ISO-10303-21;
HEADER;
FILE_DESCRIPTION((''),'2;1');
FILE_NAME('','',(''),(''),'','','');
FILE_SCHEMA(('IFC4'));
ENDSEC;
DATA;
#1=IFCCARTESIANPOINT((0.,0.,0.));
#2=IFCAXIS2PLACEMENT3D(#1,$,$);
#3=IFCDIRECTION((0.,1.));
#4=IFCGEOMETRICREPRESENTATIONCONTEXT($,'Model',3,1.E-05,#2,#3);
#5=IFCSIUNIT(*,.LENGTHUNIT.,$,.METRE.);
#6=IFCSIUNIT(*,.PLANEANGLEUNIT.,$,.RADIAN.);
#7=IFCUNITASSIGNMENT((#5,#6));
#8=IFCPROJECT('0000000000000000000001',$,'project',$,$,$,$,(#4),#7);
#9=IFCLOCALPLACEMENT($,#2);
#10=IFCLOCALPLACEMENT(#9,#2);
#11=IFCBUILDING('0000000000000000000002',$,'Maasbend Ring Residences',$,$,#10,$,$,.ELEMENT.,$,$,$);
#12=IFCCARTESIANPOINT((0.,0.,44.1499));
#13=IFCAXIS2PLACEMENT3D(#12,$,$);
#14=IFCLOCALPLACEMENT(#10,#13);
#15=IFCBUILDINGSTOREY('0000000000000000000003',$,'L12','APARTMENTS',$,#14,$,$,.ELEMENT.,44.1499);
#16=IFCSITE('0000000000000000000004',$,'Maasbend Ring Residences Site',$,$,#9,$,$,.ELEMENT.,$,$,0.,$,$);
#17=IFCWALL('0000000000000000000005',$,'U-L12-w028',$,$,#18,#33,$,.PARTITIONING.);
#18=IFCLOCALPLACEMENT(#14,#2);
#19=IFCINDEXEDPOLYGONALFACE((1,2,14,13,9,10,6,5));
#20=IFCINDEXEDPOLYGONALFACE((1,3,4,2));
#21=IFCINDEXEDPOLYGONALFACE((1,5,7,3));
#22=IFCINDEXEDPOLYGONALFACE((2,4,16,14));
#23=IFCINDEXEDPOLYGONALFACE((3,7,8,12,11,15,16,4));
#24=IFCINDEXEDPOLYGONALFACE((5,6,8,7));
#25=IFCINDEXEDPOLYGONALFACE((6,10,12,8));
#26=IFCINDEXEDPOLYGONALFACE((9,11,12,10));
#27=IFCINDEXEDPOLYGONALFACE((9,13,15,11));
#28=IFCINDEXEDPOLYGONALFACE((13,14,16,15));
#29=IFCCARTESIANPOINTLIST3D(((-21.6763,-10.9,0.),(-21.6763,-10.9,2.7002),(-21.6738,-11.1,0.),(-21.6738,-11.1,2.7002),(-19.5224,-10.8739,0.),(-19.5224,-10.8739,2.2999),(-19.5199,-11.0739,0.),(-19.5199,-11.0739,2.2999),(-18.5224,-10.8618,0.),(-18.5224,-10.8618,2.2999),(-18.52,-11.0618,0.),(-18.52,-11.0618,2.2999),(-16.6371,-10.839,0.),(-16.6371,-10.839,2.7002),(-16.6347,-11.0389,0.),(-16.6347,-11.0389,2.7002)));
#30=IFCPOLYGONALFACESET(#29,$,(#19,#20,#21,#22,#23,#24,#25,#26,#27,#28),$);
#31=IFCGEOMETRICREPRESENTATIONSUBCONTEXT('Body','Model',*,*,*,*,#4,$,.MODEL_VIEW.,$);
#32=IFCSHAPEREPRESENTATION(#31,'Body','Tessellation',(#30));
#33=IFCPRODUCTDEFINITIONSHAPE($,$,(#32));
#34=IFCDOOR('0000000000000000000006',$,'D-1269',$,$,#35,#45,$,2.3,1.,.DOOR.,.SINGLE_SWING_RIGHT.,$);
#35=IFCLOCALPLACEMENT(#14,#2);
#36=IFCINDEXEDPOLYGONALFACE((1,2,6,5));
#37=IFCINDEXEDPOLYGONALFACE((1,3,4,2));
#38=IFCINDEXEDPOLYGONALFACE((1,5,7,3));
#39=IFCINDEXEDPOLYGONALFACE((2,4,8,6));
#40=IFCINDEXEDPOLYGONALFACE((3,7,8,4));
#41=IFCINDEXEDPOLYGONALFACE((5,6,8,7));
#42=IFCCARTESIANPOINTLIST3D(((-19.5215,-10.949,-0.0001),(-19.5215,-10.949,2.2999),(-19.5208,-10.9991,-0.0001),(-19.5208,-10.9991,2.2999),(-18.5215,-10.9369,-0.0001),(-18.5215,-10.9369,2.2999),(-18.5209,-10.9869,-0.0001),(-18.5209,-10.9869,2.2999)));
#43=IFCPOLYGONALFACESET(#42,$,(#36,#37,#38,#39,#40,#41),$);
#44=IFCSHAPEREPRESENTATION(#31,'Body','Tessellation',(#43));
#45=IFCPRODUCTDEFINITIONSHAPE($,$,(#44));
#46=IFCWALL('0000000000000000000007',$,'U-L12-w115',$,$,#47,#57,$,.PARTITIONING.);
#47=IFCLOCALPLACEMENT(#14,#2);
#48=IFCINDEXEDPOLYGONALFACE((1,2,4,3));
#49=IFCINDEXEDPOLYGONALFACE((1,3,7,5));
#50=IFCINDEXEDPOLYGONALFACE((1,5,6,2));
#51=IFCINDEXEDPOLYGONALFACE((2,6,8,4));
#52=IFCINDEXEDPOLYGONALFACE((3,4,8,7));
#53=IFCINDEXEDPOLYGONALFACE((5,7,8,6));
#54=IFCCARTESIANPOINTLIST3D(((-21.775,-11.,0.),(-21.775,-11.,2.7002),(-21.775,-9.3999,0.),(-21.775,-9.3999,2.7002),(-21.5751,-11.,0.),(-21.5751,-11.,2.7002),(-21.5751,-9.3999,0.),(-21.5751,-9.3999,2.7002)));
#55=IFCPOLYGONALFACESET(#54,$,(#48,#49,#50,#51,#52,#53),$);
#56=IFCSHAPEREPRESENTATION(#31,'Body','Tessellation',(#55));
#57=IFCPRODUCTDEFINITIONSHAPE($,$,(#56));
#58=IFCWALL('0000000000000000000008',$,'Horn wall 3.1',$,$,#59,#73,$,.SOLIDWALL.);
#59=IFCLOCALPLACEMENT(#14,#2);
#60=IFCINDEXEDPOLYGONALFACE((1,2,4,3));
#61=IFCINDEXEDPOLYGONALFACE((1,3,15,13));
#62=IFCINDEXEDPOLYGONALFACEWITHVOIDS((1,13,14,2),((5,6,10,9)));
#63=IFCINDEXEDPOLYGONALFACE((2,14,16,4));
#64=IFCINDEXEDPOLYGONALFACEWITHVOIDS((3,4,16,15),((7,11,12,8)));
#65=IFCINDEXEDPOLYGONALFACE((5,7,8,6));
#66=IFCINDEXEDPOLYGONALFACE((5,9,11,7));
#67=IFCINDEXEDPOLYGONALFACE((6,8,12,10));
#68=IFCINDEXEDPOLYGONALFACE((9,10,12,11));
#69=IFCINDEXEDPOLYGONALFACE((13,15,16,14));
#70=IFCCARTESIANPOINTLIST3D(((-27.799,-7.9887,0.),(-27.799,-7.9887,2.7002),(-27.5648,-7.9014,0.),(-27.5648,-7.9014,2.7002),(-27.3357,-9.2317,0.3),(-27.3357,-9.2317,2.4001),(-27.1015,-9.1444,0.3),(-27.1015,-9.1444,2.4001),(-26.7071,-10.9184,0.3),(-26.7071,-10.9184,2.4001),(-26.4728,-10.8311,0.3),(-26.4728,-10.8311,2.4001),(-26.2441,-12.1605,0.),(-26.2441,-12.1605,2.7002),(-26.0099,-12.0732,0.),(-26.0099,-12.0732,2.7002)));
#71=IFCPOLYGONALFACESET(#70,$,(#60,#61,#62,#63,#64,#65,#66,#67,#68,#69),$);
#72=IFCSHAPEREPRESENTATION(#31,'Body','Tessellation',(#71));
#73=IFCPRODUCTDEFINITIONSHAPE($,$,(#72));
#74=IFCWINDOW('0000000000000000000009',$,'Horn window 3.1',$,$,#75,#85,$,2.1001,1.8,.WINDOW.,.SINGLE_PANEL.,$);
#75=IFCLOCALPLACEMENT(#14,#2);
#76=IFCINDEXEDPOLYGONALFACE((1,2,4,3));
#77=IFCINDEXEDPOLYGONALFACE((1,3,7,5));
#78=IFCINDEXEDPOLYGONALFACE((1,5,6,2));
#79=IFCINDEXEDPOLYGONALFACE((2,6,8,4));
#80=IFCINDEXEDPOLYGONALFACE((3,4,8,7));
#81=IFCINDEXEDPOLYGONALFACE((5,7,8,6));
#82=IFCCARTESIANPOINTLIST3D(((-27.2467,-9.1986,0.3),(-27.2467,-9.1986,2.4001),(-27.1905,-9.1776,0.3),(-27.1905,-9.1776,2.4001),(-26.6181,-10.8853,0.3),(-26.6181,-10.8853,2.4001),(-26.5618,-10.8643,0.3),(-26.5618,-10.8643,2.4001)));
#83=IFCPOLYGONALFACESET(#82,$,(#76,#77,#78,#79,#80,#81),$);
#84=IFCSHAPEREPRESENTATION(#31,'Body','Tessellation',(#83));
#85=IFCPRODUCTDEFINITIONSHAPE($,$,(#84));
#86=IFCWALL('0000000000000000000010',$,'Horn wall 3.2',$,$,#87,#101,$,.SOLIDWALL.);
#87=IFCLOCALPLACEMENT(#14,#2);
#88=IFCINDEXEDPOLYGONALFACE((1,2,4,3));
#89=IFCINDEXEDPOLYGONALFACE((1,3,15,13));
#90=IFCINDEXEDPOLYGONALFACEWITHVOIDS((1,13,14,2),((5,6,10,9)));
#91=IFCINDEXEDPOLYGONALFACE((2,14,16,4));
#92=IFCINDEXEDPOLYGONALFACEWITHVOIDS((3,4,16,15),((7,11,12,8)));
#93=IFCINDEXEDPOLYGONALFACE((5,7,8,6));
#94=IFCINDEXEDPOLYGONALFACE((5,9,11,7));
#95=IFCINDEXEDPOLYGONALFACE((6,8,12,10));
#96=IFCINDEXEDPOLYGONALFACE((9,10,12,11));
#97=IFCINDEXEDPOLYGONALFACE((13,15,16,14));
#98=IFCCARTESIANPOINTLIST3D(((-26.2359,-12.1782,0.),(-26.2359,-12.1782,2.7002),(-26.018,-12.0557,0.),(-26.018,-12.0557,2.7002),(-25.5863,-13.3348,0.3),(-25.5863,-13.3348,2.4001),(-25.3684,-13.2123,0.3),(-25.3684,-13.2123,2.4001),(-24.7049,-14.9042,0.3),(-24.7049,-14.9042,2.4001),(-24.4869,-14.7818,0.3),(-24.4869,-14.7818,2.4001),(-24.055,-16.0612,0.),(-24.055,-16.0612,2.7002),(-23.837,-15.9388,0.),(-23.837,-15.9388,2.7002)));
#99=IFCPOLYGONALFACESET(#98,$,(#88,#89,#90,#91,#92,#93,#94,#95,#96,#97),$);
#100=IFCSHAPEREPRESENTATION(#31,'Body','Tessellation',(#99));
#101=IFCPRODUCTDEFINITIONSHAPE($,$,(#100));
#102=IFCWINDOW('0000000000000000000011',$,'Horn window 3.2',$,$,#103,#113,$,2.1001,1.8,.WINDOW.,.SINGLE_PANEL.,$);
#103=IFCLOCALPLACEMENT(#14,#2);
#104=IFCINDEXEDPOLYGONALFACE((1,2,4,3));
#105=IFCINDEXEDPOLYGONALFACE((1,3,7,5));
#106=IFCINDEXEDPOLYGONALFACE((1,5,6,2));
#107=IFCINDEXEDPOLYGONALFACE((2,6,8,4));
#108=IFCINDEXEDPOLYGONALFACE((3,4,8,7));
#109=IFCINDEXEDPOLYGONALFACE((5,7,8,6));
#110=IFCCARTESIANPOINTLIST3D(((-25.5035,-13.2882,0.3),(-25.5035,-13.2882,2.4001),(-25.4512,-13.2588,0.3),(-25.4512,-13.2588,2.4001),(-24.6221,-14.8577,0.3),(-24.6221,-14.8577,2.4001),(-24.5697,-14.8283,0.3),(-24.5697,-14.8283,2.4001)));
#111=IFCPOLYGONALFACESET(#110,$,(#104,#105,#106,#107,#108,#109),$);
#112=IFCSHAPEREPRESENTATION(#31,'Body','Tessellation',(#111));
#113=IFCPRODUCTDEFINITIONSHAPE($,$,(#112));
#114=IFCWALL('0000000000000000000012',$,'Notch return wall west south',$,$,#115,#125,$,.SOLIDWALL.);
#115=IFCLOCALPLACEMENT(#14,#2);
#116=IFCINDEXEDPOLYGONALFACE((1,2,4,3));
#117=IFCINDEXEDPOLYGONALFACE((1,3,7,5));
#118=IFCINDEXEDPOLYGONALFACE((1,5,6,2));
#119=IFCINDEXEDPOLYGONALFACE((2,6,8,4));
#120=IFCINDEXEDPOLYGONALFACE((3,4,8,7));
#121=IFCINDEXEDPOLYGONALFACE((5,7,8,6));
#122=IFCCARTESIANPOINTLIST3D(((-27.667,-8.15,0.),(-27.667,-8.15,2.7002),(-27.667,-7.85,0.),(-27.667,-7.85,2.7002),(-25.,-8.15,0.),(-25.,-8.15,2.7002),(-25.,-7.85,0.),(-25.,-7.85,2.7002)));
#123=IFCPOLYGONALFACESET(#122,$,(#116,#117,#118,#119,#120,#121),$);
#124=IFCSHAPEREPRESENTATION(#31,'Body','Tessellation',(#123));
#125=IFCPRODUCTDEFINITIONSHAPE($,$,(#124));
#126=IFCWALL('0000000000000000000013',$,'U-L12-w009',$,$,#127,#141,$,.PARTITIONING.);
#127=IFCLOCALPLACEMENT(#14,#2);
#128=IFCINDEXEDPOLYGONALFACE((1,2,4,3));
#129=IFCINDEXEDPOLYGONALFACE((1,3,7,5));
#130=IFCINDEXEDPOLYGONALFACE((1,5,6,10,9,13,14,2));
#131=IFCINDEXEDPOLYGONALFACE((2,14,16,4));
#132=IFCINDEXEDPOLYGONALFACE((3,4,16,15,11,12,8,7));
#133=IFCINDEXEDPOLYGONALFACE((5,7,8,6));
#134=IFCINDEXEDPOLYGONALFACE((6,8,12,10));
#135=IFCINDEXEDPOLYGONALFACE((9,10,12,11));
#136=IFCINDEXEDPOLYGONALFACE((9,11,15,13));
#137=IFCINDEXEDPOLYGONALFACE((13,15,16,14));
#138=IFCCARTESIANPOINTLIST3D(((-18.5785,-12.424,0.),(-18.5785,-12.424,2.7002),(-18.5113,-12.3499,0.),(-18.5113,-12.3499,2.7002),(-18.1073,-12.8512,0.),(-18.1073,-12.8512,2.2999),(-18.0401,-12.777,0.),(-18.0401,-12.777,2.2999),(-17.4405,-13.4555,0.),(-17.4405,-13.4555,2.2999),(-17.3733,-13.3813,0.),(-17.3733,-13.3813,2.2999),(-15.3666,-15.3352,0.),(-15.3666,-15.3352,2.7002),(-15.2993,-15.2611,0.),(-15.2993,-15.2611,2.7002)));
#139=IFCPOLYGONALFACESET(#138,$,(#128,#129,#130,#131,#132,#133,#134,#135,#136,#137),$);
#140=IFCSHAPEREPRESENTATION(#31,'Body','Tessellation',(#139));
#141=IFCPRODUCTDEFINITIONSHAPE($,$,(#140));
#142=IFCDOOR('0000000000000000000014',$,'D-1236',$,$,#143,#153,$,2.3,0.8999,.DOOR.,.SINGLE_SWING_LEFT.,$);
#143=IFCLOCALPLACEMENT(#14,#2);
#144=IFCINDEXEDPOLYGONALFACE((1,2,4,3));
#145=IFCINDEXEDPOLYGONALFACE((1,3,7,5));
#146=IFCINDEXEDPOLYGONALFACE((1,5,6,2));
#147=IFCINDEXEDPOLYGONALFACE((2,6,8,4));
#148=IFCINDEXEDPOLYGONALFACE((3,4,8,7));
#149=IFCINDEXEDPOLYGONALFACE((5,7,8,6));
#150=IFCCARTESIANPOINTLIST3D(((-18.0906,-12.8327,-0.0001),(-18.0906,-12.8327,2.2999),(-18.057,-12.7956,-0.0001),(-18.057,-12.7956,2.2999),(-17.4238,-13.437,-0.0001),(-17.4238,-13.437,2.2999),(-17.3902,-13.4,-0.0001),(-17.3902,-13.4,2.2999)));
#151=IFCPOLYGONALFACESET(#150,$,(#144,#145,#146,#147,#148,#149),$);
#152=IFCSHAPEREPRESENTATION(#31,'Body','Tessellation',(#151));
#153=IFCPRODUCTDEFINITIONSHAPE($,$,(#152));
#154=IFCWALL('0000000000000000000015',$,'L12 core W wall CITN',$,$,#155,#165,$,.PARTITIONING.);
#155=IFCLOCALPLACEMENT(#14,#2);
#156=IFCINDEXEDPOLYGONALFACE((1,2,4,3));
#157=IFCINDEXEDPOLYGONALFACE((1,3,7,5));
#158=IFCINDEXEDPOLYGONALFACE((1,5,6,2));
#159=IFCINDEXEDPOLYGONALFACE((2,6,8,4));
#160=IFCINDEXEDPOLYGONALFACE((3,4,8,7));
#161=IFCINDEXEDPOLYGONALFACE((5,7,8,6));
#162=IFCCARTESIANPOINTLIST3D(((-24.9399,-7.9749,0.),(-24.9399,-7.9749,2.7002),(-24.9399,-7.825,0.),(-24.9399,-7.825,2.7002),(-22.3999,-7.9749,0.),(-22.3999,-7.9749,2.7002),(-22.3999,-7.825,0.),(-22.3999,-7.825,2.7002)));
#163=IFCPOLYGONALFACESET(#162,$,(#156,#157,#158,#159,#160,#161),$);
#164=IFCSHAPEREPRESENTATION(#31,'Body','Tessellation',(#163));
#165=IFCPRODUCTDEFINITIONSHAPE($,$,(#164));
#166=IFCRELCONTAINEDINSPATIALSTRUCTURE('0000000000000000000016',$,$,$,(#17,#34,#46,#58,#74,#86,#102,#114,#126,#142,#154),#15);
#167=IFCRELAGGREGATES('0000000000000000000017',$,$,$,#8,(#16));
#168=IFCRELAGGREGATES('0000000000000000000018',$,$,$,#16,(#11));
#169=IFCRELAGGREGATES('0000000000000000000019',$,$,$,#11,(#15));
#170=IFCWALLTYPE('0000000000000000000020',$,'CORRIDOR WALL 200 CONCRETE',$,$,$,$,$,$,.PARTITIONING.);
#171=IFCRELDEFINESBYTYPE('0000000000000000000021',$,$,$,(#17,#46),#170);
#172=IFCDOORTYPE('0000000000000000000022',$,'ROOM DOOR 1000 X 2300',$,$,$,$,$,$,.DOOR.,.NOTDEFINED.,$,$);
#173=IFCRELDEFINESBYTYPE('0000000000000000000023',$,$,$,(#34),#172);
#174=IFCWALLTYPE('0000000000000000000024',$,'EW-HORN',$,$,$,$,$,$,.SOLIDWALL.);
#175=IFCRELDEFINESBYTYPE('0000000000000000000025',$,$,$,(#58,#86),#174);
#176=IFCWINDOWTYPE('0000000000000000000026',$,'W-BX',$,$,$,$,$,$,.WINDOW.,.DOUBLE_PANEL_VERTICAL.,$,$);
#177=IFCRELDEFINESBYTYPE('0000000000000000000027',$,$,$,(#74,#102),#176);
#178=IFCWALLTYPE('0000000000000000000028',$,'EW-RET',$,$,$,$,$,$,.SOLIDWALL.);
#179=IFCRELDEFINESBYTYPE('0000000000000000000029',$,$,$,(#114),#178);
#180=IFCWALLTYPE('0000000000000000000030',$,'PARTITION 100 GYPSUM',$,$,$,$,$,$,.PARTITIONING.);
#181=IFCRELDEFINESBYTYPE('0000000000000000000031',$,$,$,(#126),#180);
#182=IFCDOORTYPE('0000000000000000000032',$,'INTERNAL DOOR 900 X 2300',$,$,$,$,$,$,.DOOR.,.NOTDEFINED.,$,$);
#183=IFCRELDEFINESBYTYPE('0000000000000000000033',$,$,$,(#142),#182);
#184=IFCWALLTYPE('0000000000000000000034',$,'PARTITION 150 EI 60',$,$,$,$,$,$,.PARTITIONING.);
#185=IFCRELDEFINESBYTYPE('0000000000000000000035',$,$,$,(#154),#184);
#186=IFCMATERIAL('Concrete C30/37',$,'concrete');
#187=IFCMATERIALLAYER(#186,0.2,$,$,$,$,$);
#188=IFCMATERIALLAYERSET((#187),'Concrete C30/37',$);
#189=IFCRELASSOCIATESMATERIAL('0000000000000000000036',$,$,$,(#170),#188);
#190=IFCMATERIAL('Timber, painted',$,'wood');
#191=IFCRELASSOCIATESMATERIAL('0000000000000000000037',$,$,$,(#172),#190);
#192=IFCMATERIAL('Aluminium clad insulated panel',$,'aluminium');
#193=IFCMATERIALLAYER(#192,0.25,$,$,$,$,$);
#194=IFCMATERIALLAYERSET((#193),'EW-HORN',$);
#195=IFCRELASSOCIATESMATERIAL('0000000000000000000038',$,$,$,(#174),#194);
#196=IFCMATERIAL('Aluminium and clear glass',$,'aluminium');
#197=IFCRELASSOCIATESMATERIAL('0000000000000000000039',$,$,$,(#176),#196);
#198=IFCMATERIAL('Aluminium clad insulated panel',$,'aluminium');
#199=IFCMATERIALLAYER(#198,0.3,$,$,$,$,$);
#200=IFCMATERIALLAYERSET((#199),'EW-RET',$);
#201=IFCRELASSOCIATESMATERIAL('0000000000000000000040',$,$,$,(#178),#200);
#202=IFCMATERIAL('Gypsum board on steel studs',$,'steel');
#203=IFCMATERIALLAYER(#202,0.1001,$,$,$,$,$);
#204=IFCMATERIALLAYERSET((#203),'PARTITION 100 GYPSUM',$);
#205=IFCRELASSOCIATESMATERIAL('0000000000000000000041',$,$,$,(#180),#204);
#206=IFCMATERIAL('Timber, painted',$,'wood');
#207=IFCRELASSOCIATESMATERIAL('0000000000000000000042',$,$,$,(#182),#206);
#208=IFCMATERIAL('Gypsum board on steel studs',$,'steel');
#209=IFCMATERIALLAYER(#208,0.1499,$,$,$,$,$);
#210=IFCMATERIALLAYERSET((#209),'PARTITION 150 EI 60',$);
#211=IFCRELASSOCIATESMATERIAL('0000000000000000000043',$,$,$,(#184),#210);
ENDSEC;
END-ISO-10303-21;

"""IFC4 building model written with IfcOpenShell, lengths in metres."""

from ifc_helpers import new_model, si_unit, direction, frame, frame_2d, origin, place, context, subcontext, project, spatial, rectangle, extrude, material, layer, layer_set, type_object, element, fill, save


model = new_model("IFC4")

# Units and contexts
model_context = context("Model", 3, precision=1e-05, world=origin(), true_north=direction((0.0, 1.0)))
body_context = subcontext(model_context, "Body", "Model", "MODEL_VIEW")
ifc_project = project(units=[si_unit("LENGTHUNIT", "METRE"), si_unit("PLANEANGLEUNIT", "RADIAN")], contexts=[model_context])

# Site, building, storey
site_placement = place(None, origin())
site = spatial("IfcSite", under=ifc_project, at=site_placement, Name="Maasbend Ring Residences Site", CompositionType="ELEMENT", RefElevation=0.0)
building_placement = place(site_placement, origin())
building = spatial("IfcBuilding", under=site, at=building_placement, Name="Maasbend Ring Residences", CompositionType="ELEMENT")
storey_placement = place(building_placement, frame((0.0, 0.0, 44.1499)))
storey = spatial("IfcBuildingStorey", under=building, at=storey_placement, Name="L12", Description="APARTMENTS", CompositionType="ELEMENT", Elevation=44.1499)

# Wall, opening, door
ifc_material_1 = material(Name="Concrete C30/37", Category="concrete")
ifc_layer_1 = layer(ifc_material_1, 0.2)
ifc_layer_set_1 = layer_set([ifc_layer_1], Name="Concrete C30/37")
wall_type_1 = type_object("IfcWallType", Name="CORRIDOR WALL 200 CONCRETE", PredefinedType="PARTITIONING", material=ifc_layer_set_1)
wall_1_placement = place(storey_placement, frame((-21.675, -11.0, 0.0), z_axis=(0.0, 0.0, 1.0), x_axis=(0.999927, 0.012112, 0.0)))
wall_1 = element("IfcWall", 1, at=wall_1_placement, inside=storey, type_object=wall_type_1, Name="U-L12-w028", PredefinedType="PARTITIONING", context=body_context, shape_type="SweptSolid", body=[
    extrude(rectangle(XDim=5.0396, YDim=0.2, at=frame_2d((2.5198, 0.0))), origin(), (0.0, 0.0, 1.0), 2.7002),
])
opening_1_placement = place(wall_1_placement, frame((2.1541, 0.0, 0.0)))
opening_1 = element("IfcOpeningElement", 2, at=opening_1_placement, cuts=wall_1, PredefinedType="OPENING", context=body_context, shape_type="SweptSolid", body=[
    extrude(rectangle(XDim=1.0, YDim=2.3, at=frame_2d((0.5, 1.1499))), frame((0.0, 0.1099, 0.0), z_axis=(0.0, -1.0, 0.0), x_axis=(1.0, 0.0, 0.0)), (0.0, 0.0, 1.0), 0.22),
])
ifc_material_2 = material(Name="Timber, painted", Category="wood")
door_type_1 = type_object("IfcDoorType", Name="ROOM DOOR 1000 X 2300", OperationType="NOTDEFINED", PredefinedType="DOOR", material=ifc_material_2)
door_1_placement = place(opening_1_placement, origin())
door_1 = element("IfcDoor", 3, at=door_1_placement, inside=storey, type_object=door_type_1, Name="D-1269", OperationType="SINGLE_SWING_RIGHT", OverallHeight=2.3, OverallWidth=1.0, PredefinedType="DOOR", context=body_context, shape_type="SweptSolid", body=[
    extrude(rectangle(XDim=1.0, YDim=2.3, at=frame_2d((0.5, 1.1499))), frame((0.0, 0.0249, 0.0), z_axis=(0.0, -1.0, 0.0), x_axis=(1.0, 0.0, 0.0)), (0.0, 0.0, 1.0), 0.05),
])
fill(opening_1, door_1)

# Wall
wall_2_placement = place(storey_placement, frame((-21.675, -11.0, 0.0), z_axis=(0.0, 0.0, 1.0), x_axis=(0.0, 1.0, 0.0)))
element("IfcWall", 4, at=wall_2_placement, inside=storey, type_object=wall_type_1, Name="U-L12-w115", PredefinedType="PARTITIONING", context=body_context, shape_type="SweptSolid", body=[
    extrude(rectangle(XDim=1.6001, YDim=0.2, at=frame_2d((0.8, 0.0))), origin(), (0.0, 0.0, 1.0), 2.7002),
])

# Walls, openings, windows
ifc_material_3 = material(Name="Aluminium clad insulated panel", Category="aluminium")
ifc_layer_2 = layer(ifc_material_3, 0.25)
ifc_layer_set_2 = layer_set([ifc_layer_2], Name="EW-HORN")
wall_type_2 = type_object("IfcWallType", Name="EW-HORN", PredefinedType="SOLIDWALL", material=ifc_layer_set_2)
wall_3_placement = place(storey_placement, frame((-27.6819, -7.9451, 0.0), z_axis=(0.0, 0.0, 1.0), x_axis=(0.349248, -0.93703, 0.0)))
wall_3 = element("IfcWall", 5, at=wall_3_placement, inside=storey, type_object=wall_type_2, Name="Horn wall 3.1", PredefinedType="SOLIDWALL", context=body_context, shape_type="SweptSolid", body=[
    extrude(rectangle(XDim=4.4521, YDim=0.25, at=frame_2d((2.2261, 0.0))), origin(), (0.0, 0.0, 1.0), 2.7002),
])
opening_2_placement = place(wall_3_placement, frame((1.3267, 0.0, 0.3)))
opening_2 = element("IfcOpeningElement", 6, at=opening_2_placement, cuts=wall_3, PredefinedType="OPENING", context=body_context, shape_type="SweptSolid", body=[
    extrude(rectangle(XDim=1.8, YDim=2.1001, at=frame_2d((0.8999, 1.05))), frame((0.0, 0.135, 0.0), z_axis=(0.0, -1.0, 0.0), x_axis=(1.0, 0.0, 0.0)), (0.0, 0.0, 1.0), 0.27),
])
ifc_material_4 = material(Name="Aluminium and clear glass", Category="aluminium")
window_type = type_object("IfcWindowType", Name="W-BX", PartitioningType="DOUBLE_PANEL_VERTICAL", PredefinedType="WINDOW", material=ifc_material_4)
window_1_placement = place(opening_2_placement, origin())
window_1 = element("IfcWindow", 7, at=window_1_placement, inside=storey, type_object=window_type, Name="Horn window 3.1", OverallHeight=2.1001, OverallWidth=1.8, PartitioningType="SINGLE_PANEL", PredefinedType="WINDOW", context=body_context, shape_type="SweptSolid", body=[
    extrude(rectangle(XDim=1.8, YDim=2.1001, at=frame_2d((0.8999, 1.05))), frame((0.0, 0.03, 0.0), z_axis=(0.0, -1.0, 0.0), x_axis=(1.0, 0.0, 0.0)), (0.0, 0.0, 1.0), 0.0601),
])
fill(opening_2, window_1)
wall_4_placement = place(storey_placement, frame((-26.127, -12.1169, 0.0), z_axis=(0.0, 0.0, 1.0), x_axis=(0.489696, -0.871893, 0.0)))
wall_4 = element("IfcWall", 8, at=wall_4_placement, inside=storey, type_object=wall_type_2, Name="Horn wall 3.2", PredefinedType="SOLIDWALL", context=body_context, shape_type="SweptSolid", body=[
    extrude(rectangle(XDim=4.4536, YDim=0.25, at=frame_2d((2.2268, 0.0))), origin(), (0.0, 0.0, 1.0), 2.7002),
])
opening_3_placement = place(wall_4_placement, frame((1.3267, 0.0, 0.3)))
opening_3 = element("IfcOpeningElement", 9, at=opening_3_placement, cuts=wall_4, PredefinedType="OPENING", context=body_context, shape_type="SweptSolid", body=[
    extrude(rectangle(XDim=1.8, YDim=2.1001, at=frame_2d((0.8999, 1.05))), frame((0.0, 0.135, 0.0), z_axis=(0.0, -1.0, 0.0), x_axis=(1.0, 0.0, 0.0)), (0.0, 0.0, 1.0), 0.27),
])
window_2_placement = place(opening_3_placement, origin())
window_2 = element("IfcWindow", 10, at=window_2_placement, inside=storey, type_object=window_type, Name="Horn window 3.2", OverallHeight=2.1001, OverallWidth=1.8, PartitioningType="SINGLE_PANEL", PredefinedType="WINDOW", context=body_context, shape_type="SweptSolid", body=[
    extrude(rectangle(XDim=1.8, YDim=2.1001, at=frame_2d((0.8999, 1.05))), frame((0.0, 0.03, 0.0), z_axis=(0.0, -1.0, 0.0), x_axis=(1.0, 0.0, 0.0)), (0.0, 0.0, 1.0), 0.0601),
])
fill(opening_3, window_2)

# Wall
ifc_material_5 = material(Name="Aluminium clad insulated panel", Category="aluminium")
ifc_layer_3 = layer(ifc_material_5, 0.3)
ifc_layer_set_3 = layer_set([ifc_layer_3], Name="EW-RET")
wall_type_3 = type_object("IfcWallType", Name="EW-RET", PredefinedType="SOLIDWALL", material=ifc_layer_set_3)
wall_5_placement = place(storey_placement, frame((-25.0, -8.0, 0.0), z_axis=(0.0, 0.0, 1.0), x_axis=(-1.0, 0.0, 0.0)))
element("IfcWall", 11, at=wall_5_placement, inside=storey, type_object=wall_type_3, Name="Notch return wall west south", PredefinedType="SOLIDWALL", context=body_context, shape_type="SweptSolid", body=[
    extrude(rectangle(XDim=2.667, YDim=0.3, at=frame_2d((1.3335, 0.0))), origin(), (0.0, 0.0, 1.0), 2.7002),
])

# Wall, opening, door
ifc_material_6 = material(Name="Gypsum board on steel studs", Category="steel")
ifc_layer_4 = layer(ifc_material_6, 0.1001)
ifc_layer_set_4 = layer_set([ifc_layer_4], Name="PARTITION 100 GYPSUM")
wall_type_4 = type_object("IfcWallType", Name="PARTITION 100 GYPSUM", PredefinedType="PARTITIONING", material=ifc_layer_set_4)
wall_6_placement = place(storey_placement, frame((-18.5449, -12.387, 0.0), z_axis=(0.0, 0.0, 1.0), x_axis=(0.740948, -0.671562, 0.0)))
wall_6 = element("IfcWall", 12, at=wall_6_placement, inside=storey, type_object=wall_type_4, Name="U-L12-w009", PredefinedType="PARTITIONING", context=body_context, shape_type="SweptSolid", body=[
    extrude(rectangle(XDim=4.335, YDim=0.1001, at=frame_2d((2.1675, 0.0))), origin(), (0.0, 0.0, 1.0), 2.7002),
])
opening_4_placement = place(wall_6_placement, frame((0.636, 0.0, 0.0)))
opening_4 = element("IfcOpeningElement", 13, at=opening_4_placement, cuts=wall_6, PredefinedType="OPENING", context=body_context, shape_type="SweptSolid", body=[
    extrude(rectangle(XDim=0.8999, YDim=2.3, at=frame_2d((0.45, 1.1499))), frame((0.0, 0.0601, 0.0), z_axis=(0.0, -1.0, 0.0), x_axis=(1.0, 0.0, 0.0)), (0.0, 0.0, 1.0), 0.1201),
])
ifc_material_7 = material(Name="Timber, painted", Category="wood")
door_type_2 = type_object("IfcDoorType", Name="INTERNAL DOOR 900 X 2300", OperationType="NOTDEFINED", PredefinedType="DOOR", material=ifc_material_7)
door_2_placement = place(opening_4_placement, origin())
door_2 = element("IfcDoor", 14, at=door_2_placement, inside=storey, type_object=door_type_2, Name="D-1236", OperationType="SINGLE_SWING_LEFT", OverallHeight=2.3, OverallWidth=0.8999, PredefinedType="DOOR", context=body_context, shape_type="SweptSolid", body=[
    extrude(rectangle(XDim=0.8999, YDim=2.3, at=frame_2d((0.45, 1.1499))), frame((0.0, 0.0249, 0.0), z_axis=(0.0, -1.0, 0.0), x_axis=(1.0, 0.0, 0.0)), (0.0, 0.0, 1.0), 0.05),
])
fill(opening_4, door_2)

# Wall
ifc_material_8 = material(Name="Gypsum board on steel studs", Category="steel")
ifc_layer_5 = layer(ifc_material_8, 0.1499)
ifc_layer_set_5 = layer_set([ifc_layer_5], Name="PARTITION 150 EI 60")
wall_type_5 = type_object("IfcWallType", Name="PARTITION 150 EI 60", PredefinedType="PARTITIONING", material=ifc_layer_set_5)
wall_7_placement = place(storey_placement, frame((-22.3999, -7.8999, 0.0), z_axis=(0.0, 0.0, 1.0), x_axis=(-1.0, 0.0, 0.0)))
element("IfcWall", 15, at=wall_7_placement, inside=storey, type_object=wall_type_5, Name="L12 core W wall CITN", PredefinedType="PARTITIONING", context=body_context, shape_type="SweptSolid", body=[
    extrude(rectangle(XDim=2.54, YDim=0.1499, at=frame_2d((1.27, 0.0))), origin(), (0.0, 0.0, 1.0), 2.7002),
])

save(model, "model.ifc")
